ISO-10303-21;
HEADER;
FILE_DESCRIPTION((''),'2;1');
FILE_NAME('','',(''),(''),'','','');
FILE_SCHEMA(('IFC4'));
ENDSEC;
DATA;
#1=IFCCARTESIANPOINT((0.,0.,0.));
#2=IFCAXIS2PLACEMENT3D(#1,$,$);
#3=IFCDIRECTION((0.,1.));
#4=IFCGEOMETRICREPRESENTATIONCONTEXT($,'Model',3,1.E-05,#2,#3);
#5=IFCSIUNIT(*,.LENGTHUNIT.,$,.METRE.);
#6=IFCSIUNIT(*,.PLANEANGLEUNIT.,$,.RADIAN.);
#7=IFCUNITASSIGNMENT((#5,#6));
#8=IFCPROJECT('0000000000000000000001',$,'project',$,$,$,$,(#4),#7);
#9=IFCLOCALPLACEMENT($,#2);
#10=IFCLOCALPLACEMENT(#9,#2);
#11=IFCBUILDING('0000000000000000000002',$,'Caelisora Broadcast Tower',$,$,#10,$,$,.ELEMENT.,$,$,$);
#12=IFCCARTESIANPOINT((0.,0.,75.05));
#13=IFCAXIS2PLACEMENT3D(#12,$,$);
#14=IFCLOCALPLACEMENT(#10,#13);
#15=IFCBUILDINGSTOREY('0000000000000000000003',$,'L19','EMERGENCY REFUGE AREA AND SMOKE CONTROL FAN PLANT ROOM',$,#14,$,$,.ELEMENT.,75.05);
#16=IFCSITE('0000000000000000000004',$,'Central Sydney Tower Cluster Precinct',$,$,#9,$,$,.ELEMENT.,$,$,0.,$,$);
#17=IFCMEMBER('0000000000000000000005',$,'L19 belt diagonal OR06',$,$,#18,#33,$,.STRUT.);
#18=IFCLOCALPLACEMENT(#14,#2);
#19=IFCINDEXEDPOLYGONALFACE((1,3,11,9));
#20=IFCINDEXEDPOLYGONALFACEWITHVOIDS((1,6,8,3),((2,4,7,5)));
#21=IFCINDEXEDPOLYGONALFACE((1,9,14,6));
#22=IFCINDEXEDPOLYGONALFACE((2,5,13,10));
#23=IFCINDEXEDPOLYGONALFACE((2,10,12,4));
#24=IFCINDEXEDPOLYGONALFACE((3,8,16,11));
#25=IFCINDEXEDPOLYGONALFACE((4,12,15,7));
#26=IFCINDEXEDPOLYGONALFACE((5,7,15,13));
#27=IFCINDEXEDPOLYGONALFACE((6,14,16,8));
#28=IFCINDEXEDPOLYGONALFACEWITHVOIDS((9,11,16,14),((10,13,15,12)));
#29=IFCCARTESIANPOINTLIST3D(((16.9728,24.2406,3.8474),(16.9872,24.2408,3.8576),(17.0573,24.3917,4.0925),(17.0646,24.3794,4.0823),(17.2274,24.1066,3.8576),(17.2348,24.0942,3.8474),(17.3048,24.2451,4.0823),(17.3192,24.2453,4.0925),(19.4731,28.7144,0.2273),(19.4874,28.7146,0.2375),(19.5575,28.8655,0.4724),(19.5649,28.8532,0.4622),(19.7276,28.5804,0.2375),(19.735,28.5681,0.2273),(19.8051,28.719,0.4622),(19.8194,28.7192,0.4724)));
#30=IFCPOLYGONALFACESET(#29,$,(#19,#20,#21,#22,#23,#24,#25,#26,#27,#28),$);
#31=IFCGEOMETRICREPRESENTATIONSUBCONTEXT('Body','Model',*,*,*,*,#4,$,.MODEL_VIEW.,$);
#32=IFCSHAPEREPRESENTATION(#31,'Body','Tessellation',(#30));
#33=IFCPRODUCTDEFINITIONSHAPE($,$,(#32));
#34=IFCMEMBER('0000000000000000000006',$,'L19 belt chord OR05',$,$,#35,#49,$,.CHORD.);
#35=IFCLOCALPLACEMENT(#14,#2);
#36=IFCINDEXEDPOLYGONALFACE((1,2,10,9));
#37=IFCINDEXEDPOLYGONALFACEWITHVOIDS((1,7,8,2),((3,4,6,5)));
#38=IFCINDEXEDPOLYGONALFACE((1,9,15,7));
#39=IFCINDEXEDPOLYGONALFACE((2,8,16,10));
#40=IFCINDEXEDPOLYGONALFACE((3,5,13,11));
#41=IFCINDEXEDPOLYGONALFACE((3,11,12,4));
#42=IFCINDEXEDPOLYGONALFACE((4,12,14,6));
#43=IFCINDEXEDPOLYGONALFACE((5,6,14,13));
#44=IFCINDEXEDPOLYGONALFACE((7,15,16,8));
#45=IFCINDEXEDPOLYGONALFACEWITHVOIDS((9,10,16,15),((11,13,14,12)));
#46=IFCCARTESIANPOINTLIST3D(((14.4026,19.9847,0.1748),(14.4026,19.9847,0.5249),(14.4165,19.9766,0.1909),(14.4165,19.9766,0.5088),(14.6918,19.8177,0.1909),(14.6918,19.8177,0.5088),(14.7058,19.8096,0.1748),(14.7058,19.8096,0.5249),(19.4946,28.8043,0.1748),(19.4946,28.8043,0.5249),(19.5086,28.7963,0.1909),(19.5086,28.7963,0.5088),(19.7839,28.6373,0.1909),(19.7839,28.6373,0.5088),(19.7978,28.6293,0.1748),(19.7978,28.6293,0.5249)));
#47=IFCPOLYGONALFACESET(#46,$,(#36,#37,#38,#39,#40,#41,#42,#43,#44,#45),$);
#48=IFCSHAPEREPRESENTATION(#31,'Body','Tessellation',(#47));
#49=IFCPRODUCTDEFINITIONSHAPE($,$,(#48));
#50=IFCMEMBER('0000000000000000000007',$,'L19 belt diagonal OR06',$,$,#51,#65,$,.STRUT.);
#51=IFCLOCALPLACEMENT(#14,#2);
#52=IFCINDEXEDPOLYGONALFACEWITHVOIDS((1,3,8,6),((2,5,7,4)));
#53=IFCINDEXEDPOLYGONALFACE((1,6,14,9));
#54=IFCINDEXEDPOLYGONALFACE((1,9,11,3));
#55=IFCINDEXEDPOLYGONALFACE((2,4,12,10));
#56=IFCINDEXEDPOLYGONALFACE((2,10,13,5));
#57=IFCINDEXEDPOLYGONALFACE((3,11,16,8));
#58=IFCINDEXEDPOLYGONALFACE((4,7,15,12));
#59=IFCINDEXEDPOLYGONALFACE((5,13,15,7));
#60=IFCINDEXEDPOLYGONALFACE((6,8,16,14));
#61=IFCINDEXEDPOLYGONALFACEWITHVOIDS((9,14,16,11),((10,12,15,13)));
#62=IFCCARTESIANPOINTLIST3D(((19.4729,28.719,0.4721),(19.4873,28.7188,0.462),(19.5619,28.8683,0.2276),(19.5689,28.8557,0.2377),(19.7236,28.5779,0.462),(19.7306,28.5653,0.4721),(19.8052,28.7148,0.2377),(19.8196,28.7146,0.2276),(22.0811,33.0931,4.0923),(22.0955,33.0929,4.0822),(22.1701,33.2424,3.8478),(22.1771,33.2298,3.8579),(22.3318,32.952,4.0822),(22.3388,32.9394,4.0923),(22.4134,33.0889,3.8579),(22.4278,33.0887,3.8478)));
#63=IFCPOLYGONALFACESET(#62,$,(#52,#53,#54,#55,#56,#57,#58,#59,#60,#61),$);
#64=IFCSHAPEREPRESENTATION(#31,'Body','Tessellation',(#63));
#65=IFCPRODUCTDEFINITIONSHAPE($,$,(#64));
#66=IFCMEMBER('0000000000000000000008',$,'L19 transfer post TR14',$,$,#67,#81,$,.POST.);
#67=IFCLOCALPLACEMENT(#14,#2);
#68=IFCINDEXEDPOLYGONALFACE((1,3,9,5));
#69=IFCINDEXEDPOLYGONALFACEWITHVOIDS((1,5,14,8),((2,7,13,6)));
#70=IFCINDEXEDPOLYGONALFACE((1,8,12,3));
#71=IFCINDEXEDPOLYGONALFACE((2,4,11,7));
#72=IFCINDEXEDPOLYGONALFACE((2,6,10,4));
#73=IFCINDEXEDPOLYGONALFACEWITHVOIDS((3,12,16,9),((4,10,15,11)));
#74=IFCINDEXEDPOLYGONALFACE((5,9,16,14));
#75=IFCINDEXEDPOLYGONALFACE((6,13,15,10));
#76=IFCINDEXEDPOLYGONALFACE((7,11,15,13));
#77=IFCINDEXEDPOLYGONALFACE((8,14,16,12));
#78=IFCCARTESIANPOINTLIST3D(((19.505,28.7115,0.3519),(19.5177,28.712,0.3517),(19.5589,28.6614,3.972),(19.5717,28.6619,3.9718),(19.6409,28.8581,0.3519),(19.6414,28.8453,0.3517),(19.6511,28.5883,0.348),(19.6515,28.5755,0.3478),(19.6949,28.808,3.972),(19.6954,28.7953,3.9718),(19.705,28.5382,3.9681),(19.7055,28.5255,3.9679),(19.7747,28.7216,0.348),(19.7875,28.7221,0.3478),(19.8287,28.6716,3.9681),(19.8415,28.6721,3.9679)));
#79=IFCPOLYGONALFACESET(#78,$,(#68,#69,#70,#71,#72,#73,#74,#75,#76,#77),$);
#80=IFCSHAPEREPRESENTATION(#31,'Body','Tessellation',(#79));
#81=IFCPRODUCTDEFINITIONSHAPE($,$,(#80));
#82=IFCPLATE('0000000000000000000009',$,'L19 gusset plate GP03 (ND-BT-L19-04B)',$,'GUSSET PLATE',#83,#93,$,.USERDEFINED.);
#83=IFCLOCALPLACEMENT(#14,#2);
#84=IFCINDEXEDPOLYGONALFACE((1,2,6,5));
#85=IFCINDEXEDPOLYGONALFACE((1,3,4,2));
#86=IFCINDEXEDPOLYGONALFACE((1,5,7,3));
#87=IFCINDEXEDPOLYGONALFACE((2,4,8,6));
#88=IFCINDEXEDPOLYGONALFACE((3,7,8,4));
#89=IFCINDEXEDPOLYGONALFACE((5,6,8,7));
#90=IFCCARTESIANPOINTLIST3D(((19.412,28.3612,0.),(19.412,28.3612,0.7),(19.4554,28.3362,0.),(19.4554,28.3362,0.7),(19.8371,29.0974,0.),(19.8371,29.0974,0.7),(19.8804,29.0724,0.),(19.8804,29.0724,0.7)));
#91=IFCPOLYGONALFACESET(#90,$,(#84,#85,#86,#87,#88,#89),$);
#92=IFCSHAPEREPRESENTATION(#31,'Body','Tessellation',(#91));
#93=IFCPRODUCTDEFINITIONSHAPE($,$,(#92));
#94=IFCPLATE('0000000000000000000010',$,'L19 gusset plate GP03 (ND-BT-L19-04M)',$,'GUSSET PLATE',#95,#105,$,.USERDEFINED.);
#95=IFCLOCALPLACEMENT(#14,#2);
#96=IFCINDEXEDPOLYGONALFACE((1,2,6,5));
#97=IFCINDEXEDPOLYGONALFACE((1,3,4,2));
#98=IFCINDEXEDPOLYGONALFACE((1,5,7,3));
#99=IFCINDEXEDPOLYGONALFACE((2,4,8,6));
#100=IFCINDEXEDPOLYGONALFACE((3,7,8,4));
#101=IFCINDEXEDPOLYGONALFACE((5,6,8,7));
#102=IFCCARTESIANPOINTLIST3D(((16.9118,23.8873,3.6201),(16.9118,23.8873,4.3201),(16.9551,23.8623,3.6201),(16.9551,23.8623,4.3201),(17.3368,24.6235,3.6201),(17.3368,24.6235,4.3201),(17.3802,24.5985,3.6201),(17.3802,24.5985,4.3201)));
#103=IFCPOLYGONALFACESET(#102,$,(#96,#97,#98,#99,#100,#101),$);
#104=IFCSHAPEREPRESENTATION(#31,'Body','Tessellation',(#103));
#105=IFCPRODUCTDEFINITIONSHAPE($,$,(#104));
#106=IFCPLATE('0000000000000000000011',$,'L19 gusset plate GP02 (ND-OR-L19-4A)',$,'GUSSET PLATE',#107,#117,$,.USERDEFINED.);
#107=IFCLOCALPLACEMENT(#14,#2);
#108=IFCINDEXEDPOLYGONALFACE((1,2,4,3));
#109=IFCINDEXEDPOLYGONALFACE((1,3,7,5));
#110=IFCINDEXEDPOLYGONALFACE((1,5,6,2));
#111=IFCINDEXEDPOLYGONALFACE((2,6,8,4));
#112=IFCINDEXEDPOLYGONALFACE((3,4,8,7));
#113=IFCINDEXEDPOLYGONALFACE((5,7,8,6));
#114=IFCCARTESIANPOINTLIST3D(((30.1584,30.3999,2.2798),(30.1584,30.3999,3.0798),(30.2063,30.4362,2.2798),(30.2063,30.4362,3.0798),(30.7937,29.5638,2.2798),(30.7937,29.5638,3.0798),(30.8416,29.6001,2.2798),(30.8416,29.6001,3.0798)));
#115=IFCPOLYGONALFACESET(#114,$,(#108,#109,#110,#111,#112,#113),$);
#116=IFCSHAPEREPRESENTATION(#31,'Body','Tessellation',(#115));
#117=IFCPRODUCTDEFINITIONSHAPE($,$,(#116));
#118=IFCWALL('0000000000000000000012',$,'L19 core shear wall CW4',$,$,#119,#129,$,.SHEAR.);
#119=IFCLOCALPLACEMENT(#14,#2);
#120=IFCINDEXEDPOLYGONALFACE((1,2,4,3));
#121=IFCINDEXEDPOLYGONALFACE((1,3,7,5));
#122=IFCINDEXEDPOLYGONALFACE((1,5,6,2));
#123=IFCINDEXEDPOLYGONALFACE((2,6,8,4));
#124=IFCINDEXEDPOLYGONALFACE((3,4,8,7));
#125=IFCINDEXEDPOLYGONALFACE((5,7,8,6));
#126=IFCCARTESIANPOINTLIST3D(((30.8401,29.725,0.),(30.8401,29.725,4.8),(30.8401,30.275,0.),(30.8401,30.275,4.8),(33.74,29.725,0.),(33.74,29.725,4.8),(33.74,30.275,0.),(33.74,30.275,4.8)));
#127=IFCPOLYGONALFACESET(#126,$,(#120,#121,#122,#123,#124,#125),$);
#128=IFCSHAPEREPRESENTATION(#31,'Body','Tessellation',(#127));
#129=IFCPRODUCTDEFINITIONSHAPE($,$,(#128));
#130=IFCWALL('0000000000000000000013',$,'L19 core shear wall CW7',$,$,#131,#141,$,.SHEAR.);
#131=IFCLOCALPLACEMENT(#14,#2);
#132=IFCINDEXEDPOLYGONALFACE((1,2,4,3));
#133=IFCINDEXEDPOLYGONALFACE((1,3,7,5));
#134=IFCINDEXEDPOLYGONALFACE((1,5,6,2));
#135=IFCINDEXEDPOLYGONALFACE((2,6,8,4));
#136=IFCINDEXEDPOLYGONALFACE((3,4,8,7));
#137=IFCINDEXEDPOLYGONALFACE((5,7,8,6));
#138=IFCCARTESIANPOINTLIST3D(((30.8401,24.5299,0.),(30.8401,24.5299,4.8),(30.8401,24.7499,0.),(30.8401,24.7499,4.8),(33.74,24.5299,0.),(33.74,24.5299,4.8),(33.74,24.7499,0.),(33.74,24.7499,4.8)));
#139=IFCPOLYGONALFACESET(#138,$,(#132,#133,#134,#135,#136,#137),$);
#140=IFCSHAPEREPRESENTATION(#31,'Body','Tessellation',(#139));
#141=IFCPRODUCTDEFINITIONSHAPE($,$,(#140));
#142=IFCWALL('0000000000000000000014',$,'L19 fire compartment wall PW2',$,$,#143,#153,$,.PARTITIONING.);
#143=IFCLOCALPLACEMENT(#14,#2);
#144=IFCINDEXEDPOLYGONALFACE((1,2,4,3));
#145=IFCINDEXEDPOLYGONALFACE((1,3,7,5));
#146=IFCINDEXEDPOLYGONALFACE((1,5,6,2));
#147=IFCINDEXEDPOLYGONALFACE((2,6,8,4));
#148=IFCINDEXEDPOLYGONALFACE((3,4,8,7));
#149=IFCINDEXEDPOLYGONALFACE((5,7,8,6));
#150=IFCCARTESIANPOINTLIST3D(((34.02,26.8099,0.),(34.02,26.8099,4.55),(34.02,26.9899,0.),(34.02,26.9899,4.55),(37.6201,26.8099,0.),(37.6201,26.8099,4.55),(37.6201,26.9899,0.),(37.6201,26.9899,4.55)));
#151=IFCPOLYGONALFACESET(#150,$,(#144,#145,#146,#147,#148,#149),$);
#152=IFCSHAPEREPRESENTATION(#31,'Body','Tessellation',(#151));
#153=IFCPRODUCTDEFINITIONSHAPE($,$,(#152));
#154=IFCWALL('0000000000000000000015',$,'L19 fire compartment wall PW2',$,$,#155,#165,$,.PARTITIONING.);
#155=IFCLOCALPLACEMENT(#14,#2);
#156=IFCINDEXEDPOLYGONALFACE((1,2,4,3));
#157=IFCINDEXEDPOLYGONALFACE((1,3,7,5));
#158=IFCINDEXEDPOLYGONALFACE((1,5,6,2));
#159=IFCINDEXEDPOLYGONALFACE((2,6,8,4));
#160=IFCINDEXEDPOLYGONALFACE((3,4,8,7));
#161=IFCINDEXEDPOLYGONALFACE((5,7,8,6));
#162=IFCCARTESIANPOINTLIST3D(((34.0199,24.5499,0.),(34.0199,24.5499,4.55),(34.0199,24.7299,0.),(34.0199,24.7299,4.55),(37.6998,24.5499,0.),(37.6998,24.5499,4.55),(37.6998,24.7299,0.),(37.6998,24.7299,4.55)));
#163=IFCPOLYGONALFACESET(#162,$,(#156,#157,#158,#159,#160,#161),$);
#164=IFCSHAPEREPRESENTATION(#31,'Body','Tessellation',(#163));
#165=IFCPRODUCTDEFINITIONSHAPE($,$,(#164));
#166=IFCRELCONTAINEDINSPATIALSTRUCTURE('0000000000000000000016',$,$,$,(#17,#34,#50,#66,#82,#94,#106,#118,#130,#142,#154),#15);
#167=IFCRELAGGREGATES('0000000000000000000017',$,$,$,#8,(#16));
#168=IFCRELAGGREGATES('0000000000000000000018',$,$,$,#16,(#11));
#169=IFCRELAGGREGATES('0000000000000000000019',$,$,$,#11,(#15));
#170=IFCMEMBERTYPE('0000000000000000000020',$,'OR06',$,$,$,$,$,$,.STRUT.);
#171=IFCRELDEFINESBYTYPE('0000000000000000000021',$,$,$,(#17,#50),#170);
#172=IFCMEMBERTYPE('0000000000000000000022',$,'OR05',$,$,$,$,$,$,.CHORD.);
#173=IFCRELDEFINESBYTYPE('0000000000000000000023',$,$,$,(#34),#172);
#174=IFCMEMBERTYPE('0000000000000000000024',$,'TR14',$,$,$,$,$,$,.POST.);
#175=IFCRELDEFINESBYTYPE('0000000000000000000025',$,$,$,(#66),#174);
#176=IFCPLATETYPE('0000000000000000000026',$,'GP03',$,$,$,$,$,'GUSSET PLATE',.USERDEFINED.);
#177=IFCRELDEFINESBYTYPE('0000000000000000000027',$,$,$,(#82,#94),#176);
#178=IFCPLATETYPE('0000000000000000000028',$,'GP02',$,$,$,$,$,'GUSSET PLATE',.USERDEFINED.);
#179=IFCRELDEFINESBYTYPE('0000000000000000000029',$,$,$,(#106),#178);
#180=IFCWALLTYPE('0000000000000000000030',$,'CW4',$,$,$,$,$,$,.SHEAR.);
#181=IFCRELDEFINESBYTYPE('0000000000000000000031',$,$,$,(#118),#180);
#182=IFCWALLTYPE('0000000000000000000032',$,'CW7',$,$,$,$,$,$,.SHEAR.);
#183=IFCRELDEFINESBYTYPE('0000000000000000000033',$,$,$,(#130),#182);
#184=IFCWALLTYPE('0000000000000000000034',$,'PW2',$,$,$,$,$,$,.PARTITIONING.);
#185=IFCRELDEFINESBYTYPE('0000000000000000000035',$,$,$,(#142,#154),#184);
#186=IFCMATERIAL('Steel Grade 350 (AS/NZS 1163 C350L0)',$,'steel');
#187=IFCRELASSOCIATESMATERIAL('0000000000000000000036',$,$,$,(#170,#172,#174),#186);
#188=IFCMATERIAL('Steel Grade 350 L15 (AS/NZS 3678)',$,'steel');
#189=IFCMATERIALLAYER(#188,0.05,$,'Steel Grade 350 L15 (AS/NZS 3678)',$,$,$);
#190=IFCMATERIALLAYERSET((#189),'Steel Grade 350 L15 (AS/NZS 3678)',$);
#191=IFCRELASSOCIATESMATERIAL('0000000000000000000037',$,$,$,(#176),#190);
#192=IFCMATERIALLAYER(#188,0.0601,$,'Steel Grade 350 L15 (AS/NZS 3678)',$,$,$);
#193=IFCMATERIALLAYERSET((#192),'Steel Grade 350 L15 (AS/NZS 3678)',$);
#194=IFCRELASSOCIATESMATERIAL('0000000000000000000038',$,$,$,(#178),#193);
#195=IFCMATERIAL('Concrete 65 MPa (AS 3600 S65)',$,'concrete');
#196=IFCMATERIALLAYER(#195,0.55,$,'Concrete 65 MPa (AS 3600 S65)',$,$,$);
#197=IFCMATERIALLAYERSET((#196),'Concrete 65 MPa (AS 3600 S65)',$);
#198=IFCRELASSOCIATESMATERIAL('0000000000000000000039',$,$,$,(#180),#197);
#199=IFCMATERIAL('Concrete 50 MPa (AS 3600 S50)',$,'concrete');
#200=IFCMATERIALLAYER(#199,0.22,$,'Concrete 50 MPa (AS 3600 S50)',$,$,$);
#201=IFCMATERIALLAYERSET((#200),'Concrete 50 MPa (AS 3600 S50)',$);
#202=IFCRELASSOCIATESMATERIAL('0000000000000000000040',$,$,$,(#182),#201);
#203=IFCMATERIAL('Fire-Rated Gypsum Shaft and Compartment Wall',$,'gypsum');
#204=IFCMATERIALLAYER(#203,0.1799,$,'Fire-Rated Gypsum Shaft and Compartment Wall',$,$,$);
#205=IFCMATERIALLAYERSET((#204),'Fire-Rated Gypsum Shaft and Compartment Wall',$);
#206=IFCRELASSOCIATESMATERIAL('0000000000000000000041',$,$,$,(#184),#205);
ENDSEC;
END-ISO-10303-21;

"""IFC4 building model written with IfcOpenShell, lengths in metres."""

from ifc_helpers import new_model, si_unit, direction, frame, frame_2d, origin, origin_2d, place, context, subcontext, project, spatial, rectangle, hollow_rectangle, extrude, source, transform, mapped, material, layer, layer_set, material_profile, profile_set, type_object, type_shapes, element, save


model = new_model("IFC4")

# Units and contexts
model_context = context("Model", 3, precision=1e-05, world=origin(), true_north=direction((0.0, 1.0)))
body_context = subcontext(model_context, "Body", "Model", "MODEL_VIEW")
ifc_project = project(units=[si_unit("LENGTHUNIT", "METRE"), si_unit("PLANEANGLEUNIT", "RADIAN")], contexts=[model_context])

# Site, building, storey
site_placement = place(None, origin())
site = spatial("IfcSite", under=ifc_project, at=site_placement, Name="Central Sydney Tower Cluster Precinct", CompositionType="ELEMENT", RefElevation=0.0)
building_placement = place(site_placement, origin())
building = spatial("IfcBuilding", under=site, at=building_placement, Name="Caelisora Broadcast Tower", CompositionType="ELEMENT")
storey_placement = place(building_placement, frame((0.0, 0.0, 75.05)))
storey = spatial("IfcBuildingStorey", under=building, at=storey_placement, Name="L19", Description="EMERGENCY REFUGE AREA AND SMOKE CONTROL FAN PLANT ROOM", CompositionType="ELEMENT", Elevation=75.05)

# Shared definitions
ifc_material_1 = material(Name="Steel Grade 350 L15 (AS/NZS 3678)", Category="steel")

# Shared definitions
ifc_material_2 = material(Name="Steel Grade 350 (AS/NZS 1163 C350L0)", Category="steel")

# Members
ifc_material_profile_1 = material_profile(ifc_material_2, hollow_rectangle(XDim=0.3, YDim=0.3, WallThickness=0.0125, at=origin_2d()), Name="Steel Grade 350 (AS/NZS 1163 C350L0)")
ifc_profile_set_1 = profile_set([ifc_material_profile_1], Name="Steel Grade 350 (AS/NZS 1163 C350L0)")
member_type_1 = type_object("IfcMemberType", Name="OR06", PredefinedType="STRUT", material=ifc_profile_set_1)
shared_shape_1 = source(origin(), body_context, "Body", "SweptSolid", [
    extrude(hollow_rectangle(XDim=0.3, YDim=0.3, WallThickness=0.0125, at=origin_2d()), origin(), (0.0, 0.0, 1.0), 6.2747),
])
member_1_placement = place(storey_placement, frame((19.6462, 28.7168, 0.3499), z_axis=(-0.398463, -0.713001, 0.576937), x_axis=(0.872932, -0.487842, 0.0)))
element("IfcMember", 1, at=member_1_placement, inside=storey, type_object=member_type_1, Name="L19 belt diagonal OR06", PredefinedType="STRUT", context=body_context, shape_type="MappedRepresentation", body=[
    mapped(shared_shape_1, transform((0.0, 0.0, 0.0), scale=1.0)),
])
ifc_material_profile_2 = material_profile(ifc_material_2, hollow_rectangle(XDim=0.3501, YDim=0.3501, WallThickness=0.0161, at=origin_2d()), Name="Steel Grade 350 (AS/NZS 1163 C350L0)")
ifc_profile_set_2 = profile_set([ifc_material_profile_2], Name="Steel Grade 350 (AS/NZS 1163 C350L0)")
member_type_2 = type_object("IfcMemberType", Name="OR05", PredefinedType="CHORD", material=ifc_profile_set_2)
shared_shape_2 = source(origin(), body_context, "Body", "SweptSolid", [
    extrude(hollow_rectangle(XDim=0.3501, YDim=0.3501, WallThickness=0.0161, at=origin_2d()), origin(), (0.0, 0.0, 1.0), 10.1841),
])
type_shapes(member_type_2, [shared_shape_2])
member_2_placement = place(storey_placement, frame((19.6462, 28.7168, 0.3499), z_axis=(-0.500004, -0.866023, 0.0), x_axis=(0.866023, -0.500004, 0.0)))
element("IfcMember", 2, at=member_2_placement, inside=storey, type_object=member_type_2, Name="L19 belt chord OR05", PredefinedType="CHORD", context=body_context, shape_type="MappedRepresentation", body=[
    mapped(shared_shape_2, transform((0.0, 0.0, 0.0), scale=1.0)),
])
shared_shape_3 = source(origin(), body_context, "Body", "SweptSolid", [
    extrude(hollow_rectangle(XDim=0.3, YDim=0.3, WallThickness=0.0125, at=origin_2d()), origin(), (0.0, 0.0, 1.0), 6.2483),
])
type_shapes(member_type_1, [shared_shape_1, shared_shape_3])
member_3_placement = place(storey_placement, frame((19.6462, 28.7168, 0.3499), z_axis=(0.417426, 0.700047, 0.579387), x_axis=(-0.858898, 0.512146, 0.0)))
element("IfcMember", 3, at=member_3_placement, inside=storey, type_object=member_type_1, Name="L19 belt diagonal OR06", PredefinedType="STRUT", context=body_context, shape_type="MappedRepresentation", body=[
    mapped(shared_shape_3, transform((0.0, 0.0, 0.0), scale=1.0)),
])
ifc_material_profile_3 = material_profile(ifc_material_2, hollow_rectangle(XDim=0.2, YDim=0.2, WallThickness=0.009, at=origin_2d()), Name="Steel Grade 350 (AS/NZS 1163 C350L0)")
ifc_profile_set_3 = profile_set([ifc_material_profile_3], Name="Steel Grade 350 (AS/NZS 1163 C350L0)")
member_type_3 = type_object("IfcMemberType", Name="TR14", PredefinedType="POST", material=ifc_profile_set_3)
shared_shape_4 = source(origin(), body_context, "Body", "SweptSolid", [
    extrude(hollow_rectangle(XDim=0.2, YDim=0.2, WallThickness=0.009, at=origin_2d()), origin(), (0.0, 0.0, 1.0), 3.6208),
])
type_shapes(member_type_3, [shared_shape_4])
member_4_placement = place(storey_placement, frame((19.6462, 28.7168, 0.3499), z_axis=(0.014901, -0.013822, 0.999793), x_axis=(0.680069, 0.733148, 0.0)))
element("IfcMember", 4, at=member_4_placement, inside=storey, type_object=member_type_3, Name="L19 transfer post TR14", PredefinedType="POST", context=body_context, shape_type="MappedRepresentation", body=[
    mapped(shared_shape_4, transform((0.0, 0.0, 0.0), scale=1.0)),
])

# Plates
ifc_layer_1 = layer(ifc_material_1, 0.05, Name="Steel Grade 350 L15 (AS/NZS 3678)")
ifc_layer_set_1 = layer_set([ifc_layer_1], Name="Steel Grade 350 L15 (AS/NZS 3678)")
plate_type_1 = type_object("IfcPlateType", Name="GP03", ElementType="GUSSET PLATE", PredefinedType="USERDEFINED", material=ifc_layer_set_1)
shared_shape_5 = source(origin(), body_context, "Body", "SweptSolid", [
    extrude(rectangle(XDim=0.8501, YDim=0.05, at=origin_2d()), origin(), (0.0, 0.0, 1.0), 0.7),
])
type_shapes(plate_type_1, [shared_shape_5])
for number, where, z_axis, x_axis, name in (
    (5, (19.6462, 28.7168, 0.0), (0.0, 0.0, 1.0), (-0.5, -0.866025, 0.0), "L19 gusset plate GP03 (ND-BT-L19-04B)"),
    (6, (17.146, 24.2429, 3.6201), (0.0, 0.0, 1.0), (-0.5, -0.866025, 0.0), "L19 gusset plate GP03 (ND-BT-L19-04M)"),
):
    element("IfcPlate", number, at=place(storey_placement, frame(where, z_axis=z_axis, x_axis=x_axis)), inside=storey, type_object=plate_type_1, Name=name, ObjectType="GUSSET PLATE", PredefinedType="USERDEFINED", context=body_context, shape_type="MappedRepresentation", body=[
        mapped(shared_shape_5, transform((0.0, 0.0, 0.0), scale=1.0)),
    ])
ifc_layer_2 = layer(ifc_material_1, 0.0601, Name="Steel Grade 350 L15 (AS/NZS 3678)")
ifc_layer_set_2 = layer_set([ifc_layer_2], Name="Steel Grade 350 L15 (AS/NZS 3678)")
plate_type_2 = type_object("IfcPlateType", Name="GP02", ElementType="GUSSET PLATE", PredefinedType="USERDEFINED", material=ifc_layer_set_2)
shared_shape_6 = source(origin(), body_context, "Body", "SweptSolid", [
    extrude(rectangle(XDim=1.05, YDim=0.0601, at=origin_2d()), origin(), (0.0, 0.0, 1.0), 0.8),
])
type_shapes(plate_type_2, [shared_shape_6])
plate_placement = place(storey_placement, frame((30.5, 30.0, 2.2798), z_axis=(0.0, 0.0, 1.0), x_axis=(-0.605016, 0.796213, 0.0)))
element("IfcPlate", 7, at=plate_placement, inside=storey, type_object=plate_type_2, Name="L19 gusset plate GP02 (ND-OR-L19-4A)", ObjectType="GUSSET PLATE", PredefinedType="USERDEFINED", context=body_context, shape_type="MappedRepresentation", body=[
    mapped(shared_shape_6, transform((0.0, 0.0, 0.0), scale=1.0)),
])

# Walls
ifc_material_3 = material(Name="Concrete 65 MPa (AS 3600 S65)", Category="concrete")
ifc_layer_3 = layer(ifc_material_3, 0.55, Name="Concrete 65 MPa (AS 3600 S65)")
ifc_layer_set_3 = layer_set([ifc_layer_3], Name="Concrete 65 MPa (AS 3600 S65)")
wall_type_1 = type_object("IfcWallType", Name="CW4", PredefinedType="SHEAR", material=ifc_layer_set_3)
wall_1_placement = place(storey_placement, frame((30.8401, 30.0, 0.0), z_axis=(0.0, 0.0, 1.0), x_axis=(1.0, 0.0, 0.0)))
element("IfcWall", 8, at=wall_1_placement, inside=storey, type_object=wall_type_1, Name="L19 core shear wall CW4", PredefinedType="SHEAR", context=body_context, shape_type="SweptSolid", body=[
    extrude(rectangle(XDim=2.8999, YDim=0.55, at=frame_2d((1.45, 0.0))), origin(), (0.0, 0.0, 1.0), 4.8),
])
ifc_material_4 = material(Name="Concrete 50 MPa (AS 3600 S50)", Category="concrete")
ifc_layer_4 = layer(ifc_material_4, 0.22, Name="Concrete 50 MPa (AS 3600 S50)")
ifc_layer_set_4 = layer_set([ifc_layer_4], Name="Concrete 50 MPa (AS 3600 S50)")
wall_type_2 = type_object("IfcWallType", Name="CW7", PredefinedType="SHEAR", material=ifc_layer_set_4)
wall_2_placement = place(storey_placement, frame((30.8401, 24.6399, 0.0), z_axis=(0.0, 0.0, 1.0), x_axis=(1.0, 0.0, 0.0)))
element("IfcWall", 9, at=wall_2_placement, inside=storey, type_object=wall_type_2, Name="L19 core shear wall CW7", PredefinedType="SHEAR", context=body_context, shape_type="SweptSolid", body=[
    extrude(rectangle(XDim=2.8999, YDim=0.22, at=frame_2d((1.45, 0.0))), origin(), (0.0, 0.0, 1.0), 4.8),
])
ifc_material_5 = material(Name="Fire-Rated Gypsum Shaft and Compartment Wall", Category="gypsum")
ifc_layer_5 = layer(ifc_material_5, 0.1799, Name="Fire-Rated Gypsum Shaft and Compartment Wall")
ifc_layer_set_5 = layer_set([ifc_layer_5], Name="Fire-Rated Gypsum Shaft and Compartment Wall")
wall_type_3 = type_object("IfcWallType", Name="PW2", PredefinedType="PARTITIONING", material=ifc_layer_set_5)
wall_3_placement = place(storey_placement, frame((34.02, 26.8999, 0.0), z_axis=(0.0, 0.0, 1.0), x_axis=(1.0, 0.0, 0.0)))
element("IfcWall", 10, at=wall_3_placement, inside=storey, type_object=wall_type_3, Name="L19 fire compartment wall PW2", PredefinedType="PARTITIONING", context=body_context, shape_type="SweptSolid", body=[
    extrude(rectangle(XDim=3.6001, YDim=0.1799, at=frame_2d((1.8, 0.0))), origin(), (0.0, 0.0, 1.0), 4.55),
])
wall_4_placement = place(storey_placement, frame((34.02, 24.6399, 0.0), z_axis=(0.0, 0.0, 1.0), x_axis=(1.0, 0.0, 0.0)))
element("IfcWall", 11, at=wall_4_placement, inside=storey, type_object=wall_type_3, Name="L19 fire compartment wall PW2", PredefinedType="PARTITIONING", context=body_context, shape_type="SweptSolid", body=[
    extrude(rectangle(XDim=3.6799, YDim=0.1799, at=frame_2d((1.8398, 0.0))), origin(), (0.0, 0.0, 1.0), 4.55),
])

save(model, "model.ifc")
